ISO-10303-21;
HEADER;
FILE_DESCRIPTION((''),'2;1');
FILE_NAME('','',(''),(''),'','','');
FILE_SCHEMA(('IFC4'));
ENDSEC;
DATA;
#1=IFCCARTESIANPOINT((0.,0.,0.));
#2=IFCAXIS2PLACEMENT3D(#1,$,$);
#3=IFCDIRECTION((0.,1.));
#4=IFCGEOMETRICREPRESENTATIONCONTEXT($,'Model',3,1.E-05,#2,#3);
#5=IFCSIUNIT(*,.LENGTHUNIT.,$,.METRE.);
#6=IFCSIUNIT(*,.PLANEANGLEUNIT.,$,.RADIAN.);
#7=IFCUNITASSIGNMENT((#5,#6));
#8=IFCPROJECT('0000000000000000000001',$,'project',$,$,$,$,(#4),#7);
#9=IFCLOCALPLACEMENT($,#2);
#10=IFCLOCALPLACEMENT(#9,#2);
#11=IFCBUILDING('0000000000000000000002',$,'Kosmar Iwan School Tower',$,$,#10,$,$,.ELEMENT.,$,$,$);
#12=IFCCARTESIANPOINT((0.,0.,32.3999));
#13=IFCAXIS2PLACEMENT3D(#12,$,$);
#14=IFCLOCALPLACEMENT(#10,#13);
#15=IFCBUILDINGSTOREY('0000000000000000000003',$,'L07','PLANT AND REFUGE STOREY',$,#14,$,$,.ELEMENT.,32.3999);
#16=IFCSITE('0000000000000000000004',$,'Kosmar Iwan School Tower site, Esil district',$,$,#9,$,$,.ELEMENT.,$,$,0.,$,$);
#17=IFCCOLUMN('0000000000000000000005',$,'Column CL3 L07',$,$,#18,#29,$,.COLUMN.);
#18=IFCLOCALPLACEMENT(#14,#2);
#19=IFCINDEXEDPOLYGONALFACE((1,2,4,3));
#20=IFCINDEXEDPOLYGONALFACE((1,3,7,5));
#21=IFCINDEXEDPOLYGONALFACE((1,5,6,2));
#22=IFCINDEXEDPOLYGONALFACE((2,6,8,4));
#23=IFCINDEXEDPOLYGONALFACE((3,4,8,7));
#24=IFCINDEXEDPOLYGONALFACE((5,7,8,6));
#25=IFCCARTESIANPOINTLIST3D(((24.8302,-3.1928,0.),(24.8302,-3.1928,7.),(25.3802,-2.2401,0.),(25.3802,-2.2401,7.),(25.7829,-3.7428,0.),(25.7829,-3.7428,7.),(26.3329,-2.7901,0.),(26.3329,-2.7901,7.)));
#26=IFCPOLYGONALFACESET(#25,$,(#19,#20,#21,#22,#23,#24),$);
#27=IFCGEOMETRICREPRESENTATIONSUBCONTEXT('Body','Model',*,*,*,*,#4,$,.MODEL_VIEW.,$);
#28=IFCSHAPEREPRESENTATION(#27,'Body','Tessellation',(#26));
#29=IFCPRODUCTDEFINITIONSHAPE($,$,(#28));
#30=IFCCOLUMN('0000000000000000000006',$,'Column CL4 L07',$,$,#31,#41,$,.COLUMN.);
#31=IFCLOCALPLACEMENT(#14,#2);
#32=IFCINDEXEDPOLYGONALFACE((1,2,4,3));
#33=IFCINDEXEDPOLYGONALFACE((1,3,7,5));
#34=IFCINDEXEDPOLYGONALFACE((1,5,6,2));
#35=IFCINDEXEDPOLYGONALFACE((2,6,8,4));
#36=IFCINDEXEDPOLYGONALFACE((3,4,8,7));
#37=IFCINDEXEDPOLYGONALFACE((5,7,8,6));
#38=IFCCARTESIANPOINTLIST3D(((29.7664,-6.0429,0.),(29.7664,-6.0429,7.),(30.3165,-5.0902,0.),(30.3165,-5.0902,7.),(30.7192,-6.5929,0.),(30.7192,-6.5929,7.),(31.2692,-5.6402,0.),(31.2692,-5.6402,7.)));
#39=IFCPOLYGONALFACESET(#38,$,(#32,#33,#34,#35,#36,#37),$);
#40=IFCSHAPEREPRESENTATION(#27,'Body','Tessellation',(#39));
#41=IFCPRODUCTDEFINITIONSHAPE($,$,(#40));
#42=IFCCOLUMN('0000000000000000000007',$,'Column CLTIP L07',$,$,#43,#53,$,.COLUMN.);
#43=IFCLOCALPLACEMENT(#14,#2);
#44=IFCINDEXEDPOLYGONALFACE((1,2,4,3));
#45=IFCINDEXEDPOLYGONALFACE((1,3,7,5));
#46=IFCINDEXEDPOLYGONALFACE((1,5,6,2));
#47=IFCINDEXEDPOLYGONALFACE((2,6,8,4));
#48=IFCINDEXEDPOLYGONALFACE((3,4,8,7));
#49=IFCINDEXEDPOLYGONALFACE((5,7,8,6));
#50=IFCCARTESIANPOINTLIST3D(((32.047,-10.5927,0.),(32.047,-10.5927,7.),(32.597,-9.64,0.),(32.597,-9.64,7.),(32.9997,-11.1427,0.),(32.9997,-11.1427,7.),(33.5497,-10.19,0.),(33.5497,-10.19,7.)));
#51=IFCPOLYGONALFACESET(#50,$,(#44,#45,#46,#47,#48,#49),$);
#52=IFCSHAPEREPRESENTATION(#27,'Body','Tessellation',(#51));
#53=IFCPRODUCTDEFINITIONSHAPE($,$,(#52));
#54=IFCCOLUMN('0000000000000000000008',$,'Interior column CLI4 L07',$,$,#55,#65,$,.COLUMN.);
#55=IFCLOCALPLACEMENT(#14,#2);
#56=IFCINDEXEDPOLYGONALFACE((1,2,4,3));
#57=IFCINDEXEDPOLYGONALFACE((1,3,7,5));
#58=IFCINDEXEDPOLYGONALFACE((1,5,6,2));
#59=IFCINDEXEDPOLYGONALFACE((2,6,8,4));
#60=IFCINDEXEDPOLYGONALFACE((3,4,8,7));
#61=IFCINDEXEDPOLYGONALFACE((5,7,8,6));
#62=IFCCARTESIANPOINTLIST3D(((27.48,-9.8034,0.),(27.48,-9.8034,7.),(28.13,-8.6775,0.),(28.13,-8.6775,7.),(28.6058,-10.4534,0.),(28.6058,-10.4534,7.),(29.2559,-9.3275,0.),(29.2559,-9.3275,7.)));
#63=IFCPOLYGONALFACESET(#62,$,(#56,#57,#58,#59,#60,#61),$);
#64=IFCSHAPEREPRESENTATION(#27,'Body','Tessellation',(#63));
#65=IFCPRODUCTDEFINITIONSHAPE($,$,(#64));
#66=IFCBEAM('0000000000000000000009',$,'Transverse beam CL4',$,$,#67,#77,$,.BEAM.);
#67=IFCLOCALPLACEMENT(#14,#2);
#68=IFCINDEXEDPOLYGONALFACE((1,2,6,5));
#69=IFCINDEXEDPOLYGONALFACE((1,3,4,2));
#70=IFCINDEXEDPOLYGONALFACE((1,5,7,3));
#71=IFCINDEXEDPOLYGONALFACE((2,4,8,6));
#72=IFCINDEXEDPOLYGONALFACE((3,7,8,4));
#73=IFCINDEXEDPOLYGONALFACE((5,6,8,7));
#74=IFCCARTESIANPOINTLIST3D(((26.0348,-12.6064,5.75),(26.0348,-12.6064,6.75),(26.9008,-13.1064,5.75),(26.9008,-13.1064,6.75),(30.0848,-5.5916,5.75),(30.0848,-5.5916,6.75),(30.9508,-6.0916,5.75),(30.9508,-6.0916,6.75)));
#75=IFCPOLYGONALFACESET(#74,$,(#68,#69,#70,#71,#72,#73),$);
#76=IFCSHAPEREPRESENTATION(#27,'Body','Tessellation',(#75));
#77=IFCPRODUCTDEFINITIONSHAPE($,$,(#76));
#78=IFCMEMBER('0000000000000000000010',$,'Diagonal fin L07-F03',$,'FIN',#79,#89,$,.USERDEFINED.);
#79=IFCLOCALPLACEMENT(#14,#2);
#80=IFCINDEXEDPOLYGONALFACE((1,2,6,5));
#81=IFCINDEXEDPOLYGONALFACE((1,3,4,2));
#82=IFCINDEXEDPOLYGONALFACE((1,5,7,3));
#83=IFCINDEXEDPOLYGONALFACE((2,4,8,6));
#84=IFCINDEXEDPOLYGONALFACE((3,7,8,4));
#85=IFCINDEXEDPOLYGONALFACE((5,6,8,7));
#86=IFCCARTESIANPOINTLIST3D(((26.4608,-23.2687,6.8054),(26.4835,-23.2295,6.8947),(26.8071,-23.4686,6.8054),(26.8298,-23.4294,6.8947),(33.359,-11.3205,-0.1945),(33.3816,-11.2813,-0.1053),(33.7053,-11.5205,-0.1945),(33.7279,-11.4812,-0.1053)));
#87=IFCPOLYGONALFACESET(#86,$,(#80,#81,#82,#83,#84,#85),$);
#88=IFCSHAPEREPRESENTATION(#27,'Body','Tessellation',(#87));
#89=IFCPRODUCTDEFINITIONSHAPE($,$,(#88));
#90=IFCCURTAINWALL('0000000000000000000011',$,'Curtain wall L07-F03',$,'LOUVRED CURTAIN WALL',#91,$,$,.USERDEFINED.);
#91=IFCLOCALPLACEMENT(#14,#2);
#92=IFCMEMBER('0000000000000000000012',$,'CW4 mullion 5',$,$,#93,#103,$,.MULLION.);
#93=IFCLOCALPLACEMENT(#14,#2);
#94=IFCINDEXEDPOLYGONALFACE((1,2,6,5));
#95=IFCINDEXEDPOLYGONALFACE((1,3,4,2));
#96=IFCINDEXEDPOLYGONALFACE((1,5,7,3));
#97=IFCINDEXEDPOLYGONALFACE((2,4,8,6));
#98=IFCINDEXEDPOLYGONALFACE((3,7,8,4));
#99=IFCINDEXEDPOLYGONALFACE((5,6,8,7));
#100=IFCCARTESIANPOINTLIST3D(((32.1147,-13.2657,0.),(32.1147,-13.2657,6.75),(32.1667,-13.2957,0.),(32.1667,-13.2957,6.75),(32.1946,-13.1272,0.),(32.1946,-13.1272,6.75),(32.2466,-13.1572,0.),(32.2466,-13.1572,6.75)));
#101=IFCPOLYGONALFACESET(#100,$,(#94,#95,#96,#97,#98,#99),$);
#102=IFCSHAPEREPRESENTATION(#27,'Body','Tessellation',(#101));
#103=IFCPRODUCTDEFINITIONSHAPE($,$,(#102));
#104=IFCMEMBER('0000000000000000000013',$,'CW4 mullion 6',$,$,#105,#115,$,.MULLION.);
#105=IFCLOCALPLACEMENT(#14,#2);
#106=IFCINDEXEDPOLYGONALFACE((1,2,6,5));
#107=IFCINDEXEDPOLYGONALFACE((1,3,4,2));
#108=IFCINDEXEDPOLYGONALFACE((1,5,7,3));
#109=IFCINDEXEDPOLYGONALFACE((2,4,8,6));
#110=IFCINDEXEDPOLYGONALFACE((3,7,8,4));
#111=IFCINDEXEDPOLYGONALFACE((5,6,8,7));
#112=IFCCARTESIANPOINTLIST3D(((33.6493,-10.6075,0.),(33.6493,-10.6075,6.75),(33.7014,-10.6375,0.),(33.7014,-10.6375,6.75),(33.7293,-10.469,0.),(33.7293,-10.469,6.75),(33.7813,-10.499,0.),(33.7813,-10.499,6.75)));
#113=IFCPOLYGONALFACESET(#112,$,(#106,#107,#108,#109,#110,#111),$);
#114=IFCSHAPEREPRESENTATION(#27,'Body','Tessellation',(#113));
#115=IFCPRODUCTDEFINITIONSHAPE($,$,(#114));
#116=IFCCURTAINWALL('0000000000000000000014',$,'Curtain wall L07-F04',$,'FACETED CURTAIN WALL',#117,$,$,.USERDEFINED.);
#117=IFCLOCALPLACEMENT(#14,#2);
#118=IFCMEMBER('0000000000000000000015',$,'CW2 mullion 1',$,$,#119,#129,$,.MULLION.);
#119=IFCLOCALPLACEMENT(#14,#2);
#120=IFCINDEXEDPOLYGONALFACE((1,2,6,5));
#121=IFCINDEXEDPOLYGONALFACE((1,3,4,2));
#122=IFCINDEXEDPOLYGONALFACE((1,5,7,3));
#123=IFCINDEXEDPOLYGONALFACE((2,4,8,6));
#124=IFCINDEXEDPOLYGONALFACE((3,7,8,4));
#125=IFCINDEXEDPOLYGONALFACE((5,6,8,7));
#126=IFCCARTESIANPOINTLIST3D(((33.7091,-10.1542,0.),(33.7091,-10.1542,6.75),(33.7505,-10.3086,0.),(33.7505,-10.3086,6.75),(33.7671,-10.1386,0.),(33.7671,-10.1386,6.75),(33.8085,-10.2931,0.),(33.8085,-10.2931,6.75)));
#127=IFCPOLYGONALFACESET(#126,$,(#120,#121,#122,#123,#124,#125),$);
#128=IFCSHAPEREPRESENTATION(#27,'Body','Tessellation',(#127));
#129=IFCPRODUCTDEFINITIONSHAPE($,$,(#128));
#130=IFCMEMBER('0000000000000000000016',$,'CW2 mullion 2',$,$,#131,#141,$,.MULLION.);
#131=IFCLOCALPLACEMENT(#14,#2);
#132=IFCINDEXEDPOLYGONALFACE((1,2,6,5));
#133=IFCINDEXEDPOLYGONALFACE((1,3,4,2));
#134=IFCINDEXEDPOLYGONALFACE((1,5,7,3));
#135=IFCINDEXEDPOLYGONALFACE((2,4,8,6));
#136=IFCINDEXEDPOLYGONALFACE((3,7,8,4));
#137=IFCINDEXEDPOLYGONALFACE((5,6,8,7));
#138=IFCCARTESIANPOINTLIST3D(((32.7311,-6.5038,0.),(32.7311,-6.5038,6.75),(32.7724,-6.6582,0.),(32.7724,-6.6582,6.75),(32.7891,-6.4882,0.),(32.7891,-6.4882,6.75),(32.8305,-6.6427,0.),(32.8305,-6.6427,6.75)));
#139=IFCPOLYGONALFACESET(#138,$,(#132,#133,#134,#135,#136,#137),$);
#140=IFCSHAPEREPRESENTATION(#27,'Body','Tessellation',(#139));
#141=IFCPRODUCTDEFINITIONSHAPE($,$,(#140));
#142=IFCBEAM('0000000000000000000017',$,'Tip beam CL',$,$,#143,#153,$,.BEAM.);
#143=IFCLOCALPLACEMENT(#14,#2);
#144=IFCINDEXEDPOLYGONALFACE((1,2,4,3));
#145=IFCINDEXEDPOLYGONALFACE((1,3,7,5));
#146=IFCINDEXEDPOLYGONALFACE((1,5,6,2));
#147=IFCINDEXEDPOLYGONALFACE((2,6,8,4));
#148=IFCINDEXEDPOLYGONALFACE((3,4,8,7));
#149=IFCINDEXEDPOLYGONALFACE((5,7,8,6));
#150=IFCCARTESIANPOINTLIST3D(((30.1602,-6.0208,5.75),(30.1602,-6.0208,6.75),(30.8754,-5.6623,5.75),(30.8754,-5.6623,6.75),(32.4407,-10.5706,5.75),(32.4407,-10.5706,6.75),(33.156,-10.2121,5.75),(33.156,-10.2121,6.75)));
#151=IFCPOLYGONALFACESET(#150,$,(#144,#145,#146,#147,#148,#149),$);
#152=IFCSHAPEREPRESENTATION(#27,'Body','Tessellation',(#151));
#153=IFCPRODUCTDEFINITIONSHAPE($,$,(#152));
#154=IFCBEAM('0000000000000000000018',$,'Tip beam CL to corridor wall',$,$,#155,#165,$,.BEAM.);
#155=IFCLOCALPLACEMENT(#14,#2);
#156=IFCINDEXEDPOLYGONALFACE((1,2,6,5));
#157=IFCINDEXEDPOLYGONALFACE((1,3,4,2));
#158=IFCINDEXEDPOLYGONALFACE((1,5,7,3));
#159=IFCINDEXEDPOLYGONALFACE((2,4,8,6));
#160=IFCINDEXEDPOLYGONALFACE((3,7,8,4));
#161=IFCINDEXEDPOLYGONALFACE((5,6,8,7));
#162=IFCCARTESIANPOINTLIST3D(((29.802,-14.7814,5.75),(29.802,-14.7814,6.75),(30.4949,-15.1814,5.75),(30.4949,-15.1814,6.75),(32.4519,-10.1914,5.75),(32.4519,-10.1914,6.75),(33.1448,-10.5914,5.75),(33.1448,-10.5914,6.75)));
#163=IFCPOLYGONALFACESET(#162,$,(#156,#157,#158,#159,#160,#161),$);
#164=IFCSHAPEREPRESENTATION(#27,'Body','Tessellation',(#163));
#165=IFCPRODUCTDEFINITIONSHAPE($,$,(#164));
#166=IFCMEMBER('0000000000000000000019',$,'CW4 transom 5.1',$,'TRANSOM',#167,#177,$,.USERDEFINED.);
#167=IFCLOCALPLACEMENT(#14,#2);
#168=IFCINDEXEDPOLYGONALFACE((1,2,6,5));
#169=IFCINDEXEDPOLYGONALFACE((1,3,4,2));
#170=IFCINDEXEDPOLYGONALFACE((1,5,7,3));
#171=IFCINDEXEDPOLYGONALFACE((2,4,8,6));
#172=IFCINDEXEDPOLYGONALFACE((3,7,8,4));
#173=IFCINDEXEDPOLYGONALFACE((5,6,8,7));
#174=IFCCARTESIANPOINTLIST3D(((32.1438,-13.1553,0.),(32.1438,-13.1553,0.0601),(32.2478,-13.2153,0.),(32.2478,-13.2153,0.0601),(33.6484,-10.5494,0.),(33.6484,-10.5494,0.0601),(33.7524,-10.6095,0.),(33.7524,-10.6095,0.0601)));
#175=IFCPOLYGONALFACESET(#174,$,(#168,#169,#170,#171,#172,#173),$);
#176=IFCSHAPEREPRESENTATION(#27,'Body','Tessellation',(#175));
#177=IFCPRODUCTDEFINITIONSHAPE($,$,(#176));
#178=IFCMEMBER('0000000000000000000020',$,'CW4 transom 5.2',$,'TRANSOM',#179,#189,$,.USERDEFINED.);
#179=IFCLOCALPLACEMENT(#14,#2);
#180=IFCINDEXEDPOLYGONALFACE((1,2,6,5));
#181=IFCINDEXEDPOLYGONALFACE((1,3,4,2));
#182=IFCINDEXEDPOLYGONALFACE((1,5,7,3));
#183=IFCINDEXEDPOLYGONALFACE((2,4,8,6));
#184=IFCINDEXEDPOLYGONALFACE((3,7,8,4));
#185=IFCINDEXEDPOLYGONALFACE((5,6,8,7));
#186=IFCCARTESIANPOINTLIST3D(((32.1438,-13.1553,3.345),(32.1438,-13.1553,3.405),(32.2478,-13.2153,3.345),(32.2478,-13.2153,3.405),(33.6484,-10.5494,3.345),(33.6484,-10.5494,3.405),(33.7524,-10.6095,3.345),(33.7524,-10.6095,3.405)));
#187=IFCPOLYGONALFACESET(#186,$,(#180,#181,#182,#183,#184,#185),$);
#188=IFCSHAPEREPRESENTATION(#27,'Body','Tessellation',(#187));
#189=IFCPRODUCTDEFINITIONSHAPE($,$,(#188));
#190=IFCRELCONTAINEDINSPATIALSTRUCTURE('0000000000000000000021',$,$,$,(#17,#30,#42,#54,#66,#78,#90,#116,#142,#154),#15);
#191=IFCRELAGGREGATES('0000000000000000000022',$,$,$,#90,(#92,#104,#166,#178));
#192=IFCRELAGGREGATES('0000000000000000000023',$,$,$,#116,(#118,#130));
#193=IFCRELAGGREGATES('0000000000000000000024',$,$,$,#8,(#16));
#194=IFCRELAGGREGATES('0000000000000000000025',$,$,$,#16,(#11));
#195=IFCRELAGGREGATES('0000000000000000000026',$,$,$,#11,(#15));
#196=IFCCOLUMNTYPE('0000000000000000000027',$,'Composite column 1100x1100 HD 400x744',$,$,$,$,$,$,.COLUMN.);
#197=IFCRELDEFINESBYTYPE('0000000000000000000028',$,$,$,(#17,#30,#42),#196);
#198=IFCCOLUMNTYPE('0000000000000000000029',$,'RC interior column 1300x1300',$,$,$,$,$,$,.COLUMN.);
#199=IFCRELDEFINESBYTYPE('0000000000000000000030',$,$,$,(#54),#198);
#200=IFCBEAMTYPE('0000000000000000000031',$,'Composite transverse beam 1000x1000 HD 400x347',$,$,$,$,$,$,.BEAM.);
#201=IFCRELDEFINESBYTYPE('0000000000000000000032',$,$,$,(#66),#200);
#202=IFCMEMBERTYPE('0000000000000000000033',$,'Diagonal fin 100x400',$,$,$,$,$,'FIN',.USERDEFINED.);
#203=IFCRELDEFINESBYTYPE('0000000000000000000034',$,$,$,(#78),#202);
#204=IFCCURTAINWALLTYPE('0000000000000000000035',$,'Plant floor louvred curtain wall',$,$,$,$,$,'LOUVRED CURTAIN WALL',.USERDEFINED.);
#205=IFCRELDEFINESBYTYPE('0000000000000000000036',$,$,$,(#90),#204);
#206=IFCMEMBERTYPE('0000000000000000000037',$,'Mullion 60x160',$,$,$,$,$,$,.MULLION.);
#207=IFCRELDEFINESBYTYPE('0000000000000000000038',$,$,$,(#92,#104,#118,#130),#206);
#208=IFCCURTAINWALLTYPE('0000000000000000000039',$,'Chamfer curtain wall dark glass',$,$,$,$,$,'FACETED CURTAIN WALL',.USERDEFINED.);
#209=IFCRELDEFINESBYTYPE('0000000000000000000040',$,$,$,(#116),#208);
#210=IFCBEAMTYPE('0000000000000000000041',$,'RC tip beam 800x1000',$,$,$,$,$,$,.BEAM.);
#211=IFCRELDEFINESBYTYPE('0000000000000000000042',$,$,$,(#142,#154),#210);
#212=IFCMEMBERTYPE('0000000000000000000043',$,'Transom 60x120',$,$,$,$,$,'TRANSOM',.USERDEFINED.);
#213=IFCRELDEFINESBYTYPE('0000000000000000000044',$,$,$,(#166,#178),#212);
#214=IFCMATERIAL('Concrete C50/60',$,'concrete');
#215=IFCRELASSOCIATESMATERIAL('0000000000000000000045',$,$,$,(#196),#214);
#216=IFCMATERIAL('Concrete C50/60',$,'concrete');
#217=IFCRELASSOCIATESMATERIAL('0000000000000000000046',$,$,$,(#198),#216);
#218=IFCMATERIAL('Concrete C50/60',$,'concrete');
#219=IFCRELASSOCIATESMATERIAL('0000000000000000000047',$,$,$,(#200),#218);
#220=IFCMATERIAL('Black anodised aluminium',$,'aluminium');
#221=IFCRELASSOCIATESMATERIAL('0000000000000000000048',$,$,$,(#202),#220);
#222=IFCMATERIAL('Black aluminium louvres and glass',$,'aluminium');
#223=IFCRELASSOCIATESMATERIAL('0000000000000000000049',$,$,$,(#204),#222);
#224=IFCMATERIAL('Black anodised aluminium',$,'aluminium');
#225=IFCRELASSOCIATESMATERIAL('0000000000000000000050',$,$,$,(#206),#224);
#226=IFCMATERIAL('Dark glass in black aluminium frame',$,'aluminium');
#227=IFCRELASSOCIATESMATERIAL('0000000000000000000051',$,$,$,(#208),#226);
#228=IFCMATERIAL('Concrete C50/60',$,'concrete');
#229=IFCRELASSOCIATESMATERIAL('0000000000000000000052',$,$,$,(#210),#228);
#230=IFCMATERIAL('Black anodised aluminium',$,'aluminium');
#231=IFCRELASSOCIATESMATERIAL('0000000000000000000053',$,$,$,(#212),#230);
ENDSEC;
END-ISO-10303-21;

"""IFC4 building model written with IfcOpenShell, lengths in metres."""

from ifc_helpers import new_model, si_unit, direction, frame, origin, origin_2d, place, context, subcontext, project, spatial, rectangle, extrude, material, material_profile, profile_set, type_object, element, aggregate, save


model = new_model("IFC4")

# Units and contexts
model_context = context("Model", 3, precision=1e-05, world=origin(), true_north=direction((0.0, 1.0)))
body_context = subcontext(model_context, "Body", "Model", "MODEL_VIEW")
ifc_project = project(units=[si_unit("LENGTHUNIT", "METRE"), si_unit("PLANEANGLEUNIT", "RADIAN")], contexts=[model_context])

# Site, building, storey
site_placement = place(None, origin())
site = spatial("IfcSite", under=ifc_project, at=site_placement, Name="Kosmar Iwan School Tower site, Esil district", CompositionType="ELEMENT", RefElevation=0.0)
building_placement = place(site_placement, origin())
building = spatial("IfcBuilding", under=site, at=building_placement, Name="Kosmar Iwan School Tower", CompositionType="ELEMENT")
storey_placement = place(building_placement, frame((0.0, 0.0, 32.3999)))
storey = spatial("IfcBuildingStorey", under=building, at=storey_placement, Name="L07", Description="PLANT AND REFUGE STOREY", CompositionType="ELEMENT", Elevation=32.3999)

# Columns
ifc_material_1 = material(Name="Concrete C50/60", Category="concrete")
ifc_material_profile_1 = material_profile(ifc_material_1, rectangle(XDim=1.1001, YDim=1.1001, at=origin_2d()), Name="RC 1100x1100 + HD 400x744")
ifc_profile_set_1 = profile_set([ifc_material_profile_1], Name="Concrete C50/60")
column_type_1 = type_object("IfcColumnType", Name="Composite column 1100x1100 HD 400x744", PredefinedType="COLUMN", material=ifc_profile_set_1)
for number, where, z_axis, x_axis, name in (
    (1, (25.5815, -2.9915, 0.0), (0.0, 0.0, 1.0), (0.866025, -0.5, 0.0), "Column CL3 L07"),
    (2, (30.5178, -5.8416, 0.0), (0.0, 0.0, 1.0), (0.866025, -0.5, 0.0), "Column CL4 L07"),
    (3, (32.7983, -10.3914, 0.0), (0.0, 0.0, 1.0), (0.866025, -0.5, 0.0), "Column CLTIP L07"),
):
    element("IfcColumn", number, at=place(storey_placement, frame(where, z_axis=z_axis, x_axis=x_axis)), inside=storey, type_object=column_type_1, Name=name, PredefinedType="COLUMN", context=body_context, shape_type="SweptSolid", body=[
        extrude(rectangle(XDim=1.1001, YDim=1.1001, at=origin_2d()), origin(), (0.0, 0.0, 1.0), 7.0),
    ])
ifc_material_2 = material(Name="Concrete C50/60", Category="concrete")
ifc_material_profile_2 = material_profile(ifc_material_2, rectangle(XDim=1.3, YDim=1.3, at=origin_2d()), Name="RC 1300x1300")
ifc_profile_set_2 = profile_set([ifc_material_profile_2], Name="Concrete C50/60")
column_type_2 = type_object("IfcColumnType", Name="RC interior column 1300x1300", PredefinedType="COLUMN", material=ifc_profile_set_2)
column_placement = place(storey_placement, frame((28.3679, -9.5654, 0.0), z_axis=(0.0, 0.0, 1.0), x_axis=(0.866025, -0.5, 0.0)))
element("IfcColumn", 4, at=column_placement, inside=storey, type_object=column_type_2, Name="Interior column CLI4 L07", PredefinedType="COLUMN", context=body_context, shape_type="SweptSolid", body=[
    extrude(rectangle(XDim=1.3, YDim=1.3, at=origin_2d()), origin(), (0.0, 0.0, 1.0), 7.0),
])

# Beam
ifc_material_3 = material(Name="Concrete C50/60", Category="concrete")
ifc_material_profile_3 = material_profile(ifc_material_3, rectangle(XDim=1.0, YDim=1.0, at=origin_2d()), Name="RC 1000x1000 + HD 400x347")
ifc_profile_set_3 = profile_set([ifc_material_profile_3], Name="Concrete C50/60")
beam_type_1 = type_object("IfcBeamType", Name="Composite transverse beam 1000x1000 HD 400x347", PredefinedType="BEAM", material=ifc_profile_set_3)
beam_1_placement = place(storey_placement, frame((30.5178, -5.8416, 6.25), z_axis=(-0.5, -0.866025, 0.0), x_axis=(0.866025, -0.5, 0.0)))
element("IfcBeam", 5, at=beam_1_placement, inside=storey, type_object=beam_type_1, Name="Transverse beam CL4", PredefinedType="BEAM", context=body_context, shape_type="SweptSolid", body=[
    extrude(rectangle(XDim=1.0, YDim=1.0, at=origin_2d()), origin(), (0.0, 0.0, 1.0), 8.1001),
])

# Member
ifc_material_4 = material(Name="Black anodised aluminium", Category="aluminium")
ifc_material_profile_4 = material_profile(ifc_material_4, rectangle(XDim=0.1001, YDim=0.3999, at=origin_2d()), Name="FIN 100x400")
ifc_profile_set_4 = profile_set([ifc_material_profile_4], Name="Black anodised aluminium")
member_type_1 = type_object("IfcMemberType", Name="Diagonal fin 100x400", ElementType="FIN", PredefinedType="USERDEFINED", material=ifc_profile_set_4)
member_1_placement = place(storey_placement, frame((33.5435, -11.4009, -0.1499), z_axis=(-0.445885, -0.772309, 0.452465), x_axis=(0.22623, 0.391848, 0.891782)))
element("IfcMember", 6, at=member_1_placement, inside=storey, type_object=member_type_1, Name="Diagonal fin L07-F03", ObjectType="FIN", PredefinedType="USERDEFINED", context=body_context, shape_type="SweptSolid", body=[
    extrude(rectangle(XDim=0.1001, YDim=0.3999, at=origin_2d()), origin(), (0.0, 0.0, 1.0), 15.4707),
])

# Curtain walls, members
ifc_material_5 = material(Name="Black aluminium louvres and glass", Category="aluminium")
curtain_wall_type_1 = type_object("IfcCurtainWallType", Name="Plant floor louvred curtain wall", ElementType="LOUVRED CURTAIN WALL", PredefinedType="USERDEFINED", material=ifc_material_5)
curtain_wall_1_placement = place(storey_placement, origin())
curtain_wall_1 = element("IfcCurtainWall", 7, at=curtain_wall_1_placement, inside=storey, type_object=curtain_wall_type_1, Name="Curtain wall L07-F03", ObjectType="LOUVRED CURTAIN WALL", PredefinedType="USERDEFINED")
ifc_material_6 = material(Name="Black anodised aluminium", Category="aluminium")
ifc_material_profile_5 = material_profile(ifc_material_6, rectangle(XDim=0.0601, YDim=0.1599, at=origin_2d()), Name="MULLION 60x160")
ifc_profile_set_5 = profile_set([ifc_material_profile_5], Name="Black anodised aluminium")
member_type_2 = type_object("IfcMemberType", Name="Mullion 60x160", PredefinedType="MULLION", material=ifc_profile_set_5)
member_2_placement = place(storey_placement, frame((32.1807, -13.2114, 0.0), z_axis=(0.0, 0.0, 1.0), x_axis=(-0.866025, 0.5, 0.0)))
member_2 = element("IfcMember", 8, at=member_2_placement, type_object=member_type_2, Name="CW4 mullion 5", PredefinedType="MULLION", context=body_context, shape_type="SweptSolid", body=[
    extrude(rectangle(XDim=0.0601, YDim=0.1599, at=origin_2d()), origin(), (0.0, 0.0, 1.0), 6.75),
])
member_3_placement = place(storey_placement, frame((33.7153, -10.5532, 0.0), z_axis=(0.0, 0.0, 1.0), x_axis=(-0.866025, 0.5, 0.0)))
member_3 = element("IfcMember", 9, at=member_3_placement, type_object=member_type_2, Name="CW4 mullion 6", PredefinedType="MULLION", context=body_context, shape_type="SweptSolid", body=[
    extrude(rectangle(XDim=0.0601, YDim=0.1599, at=origin_2d()), origin(), (0.0, 0.0, 1.0), 6.75),
])
ifc_material_7 = material(Name="Dark glass in black aluminium frame", Category="aluminium")
curtain_wall_type_2 = type_object("IfcCurtainWallType", Name="Chamfer curtain wall dark glass", ElementType="FACETED CURTAIN WALL", PredefinedType="USERDEFINED", material=ifc_material_7)
curtain_wall_2_placement = place(storey_placement, origin())
curtain_wall_2 = element("IfcCurtainWall", 10, at=curtain_wall_2_placement, inside=storey, type_object=curtain_wall_type_2, Name="Curtain wall L07-F04", ObjectType="FACETED CURTAIN WALL", PredefinedType="USERDEFINED")
member_4_placement = place(storey_placement, frame((33.7588, -10.2236, 0.0), z_axis=(0.0, 0.0, 1.0), x_axis=(-0.965926, -0.258819, 0.0)))
member_4 = element("IfcMember", 11, at=member_4_placement, type_object=member_type_2, Name="CW2 mullion 1", PredefinedType="MULLION", context=body_context, shape_type="SweptSolid", body=[
    extrude(rectangle(XDim=0.0601, YDim=0.1599, at=origin_2d()), origin(), (0.0, 0.0, 1.0), 6.75),
])
member_5_placement = place(storey_placement, frame((32.7808, -6.5732, 0.0), z_axis=(0.0, 0.0, 1.0), x_axis=(-0.965926, -0.258819, 0.0)))
member_5 = element("IfcMember", 12, at=member_5_placement, type_object=member_type_2, Name="CW2 mullion 2", PredefinedType="MULLION", context=body_context, shape_type="SweptSolid", body=[
    extrude(rectangle(XDim=0.0601, YDim=0.1599, at=origin_2d()), origin(), (0.0, 0.0, 1.0), 6.75),
])

# Beams
ifc_material_8 = material(Name="Concrete C50/60", Category="concrete")
ifc_material_profile_6 = material_profile(ifc_material_8, rectangle(XDim=0.8, YDim=1.0, at=origin_2d()), Name="RC 800x1000")
ifc_profile_set_6 = profile_set([ifc_material_profile_6], Name="Concrete C50/60")
beam_type_2 = type_object("IfcBeamType", Name="RC tip beam 800x1000", PredefinedType="BEAM", material=ifc_profile_set_6)
beam_2_placement = place(storey_placement, frame((30.5178, -5.8416, 6.25), z_axis=(0.448096, -0.893985, 0.0), x_axis=(0.893985, 0.448096, 0.0)))
element("IfcBeam", 13, at=beam_2_placement, inside=storey, type_object=beam_type_2, Name="Tip beam CL", PredefinedType="BEAM", context=body_context, shape_type="SweptSolid", body=[
    extrude(rectangle(XDim=0.8, YDim=1.0, at=origin_2d()), origin(), (0.0, 0.0, 1.0), 5.0894),
])
beam_3_placement = place(storey_placement, frame((32.7983, -10.3914, 6.25), z_axis=(-0.499974, -0.866041, 0.0), x_axis=(0.866041, -0.499974, 0.0)))
element("IfcBeam", 14, at=beam_3_placement, inside=storey, type_object=beam_type_2, Name="Tip beam CL to corridor wall", PredefinedType="BEAM", context=body_context, shape_type="SweptSolid", body=[
    extrude(rectangle(XDim=0.8, YDim=1.0, at=origin_2d()), origin(), (0.0, 0.0, 1.0), 5.3),
])

# Members
ifc_material_9 = material(Name="Black anodised aluminium", Category="aluminium")
ifc_material_profile_7 = material_profile(ifc_material_9, rectangle(XDim=0.1201, YDim=0.0601, at=origin_2d()), Name="TRANSOM 60x120")
ifc_profile_set_7 = profile_set([ifc_material_profile_7], Name="Black anodised aluminium")
member_type_3 = type_object("IfcMemberType", Name="Transom 60x120", ElementType="TRANSOM", PredefinedType="USERDEFINED", material=ifc_profile_set_7)
member_6_placement = place(storey_placement, frame((32.1958, -13.1853, 0.03), z_axis=(0.500022, 0.866013, 0.0), x_axis=(-0.866013, 0.500022, 0.0)))
member_6 = element("IfcMember", 15, at=member_6_placement, type_object=member_type_3, Name="CW4 transom 5.1", ObjectType="TRANSOM", PredefinedType="USERDEFINED", context=body_context, shape_type="SweptSolid", body=[
    extrude(rectangle(XDim=0.1201, YDim=0.0601, at=origin_2d()), origin(), (0.0, 0.0, 1.0), 3.009),
])
member_7_placement = place(storey_placement, frame((32.1958, -13.1853, 3.375), z_axis=(0.500022, 0.866013, 0.0), x_axis=(-0.866013, 0.500022, 0.0)))
member_7 = element("IfcMember", 16, at=member_7_placement, type_object=member_type_3, Name="CW4 transom 5.2", ObjectType="TRANSOM", PredefinedType="USERDEFINED", context=body_context, shape_type="SweptSolid", body=[
    extrude(rectangle(XDim=0.1201, YDim=0.0601, at=origin_2d()), origin(), (0.0, 0.0, 1.0), 3.009),
])

aggregate(curtain_wall_1, [member_2, member_3, member_6, member_7])
aggregate(curtain_wall_2, [member_4, member_5])

save(model, "model.ifc")
